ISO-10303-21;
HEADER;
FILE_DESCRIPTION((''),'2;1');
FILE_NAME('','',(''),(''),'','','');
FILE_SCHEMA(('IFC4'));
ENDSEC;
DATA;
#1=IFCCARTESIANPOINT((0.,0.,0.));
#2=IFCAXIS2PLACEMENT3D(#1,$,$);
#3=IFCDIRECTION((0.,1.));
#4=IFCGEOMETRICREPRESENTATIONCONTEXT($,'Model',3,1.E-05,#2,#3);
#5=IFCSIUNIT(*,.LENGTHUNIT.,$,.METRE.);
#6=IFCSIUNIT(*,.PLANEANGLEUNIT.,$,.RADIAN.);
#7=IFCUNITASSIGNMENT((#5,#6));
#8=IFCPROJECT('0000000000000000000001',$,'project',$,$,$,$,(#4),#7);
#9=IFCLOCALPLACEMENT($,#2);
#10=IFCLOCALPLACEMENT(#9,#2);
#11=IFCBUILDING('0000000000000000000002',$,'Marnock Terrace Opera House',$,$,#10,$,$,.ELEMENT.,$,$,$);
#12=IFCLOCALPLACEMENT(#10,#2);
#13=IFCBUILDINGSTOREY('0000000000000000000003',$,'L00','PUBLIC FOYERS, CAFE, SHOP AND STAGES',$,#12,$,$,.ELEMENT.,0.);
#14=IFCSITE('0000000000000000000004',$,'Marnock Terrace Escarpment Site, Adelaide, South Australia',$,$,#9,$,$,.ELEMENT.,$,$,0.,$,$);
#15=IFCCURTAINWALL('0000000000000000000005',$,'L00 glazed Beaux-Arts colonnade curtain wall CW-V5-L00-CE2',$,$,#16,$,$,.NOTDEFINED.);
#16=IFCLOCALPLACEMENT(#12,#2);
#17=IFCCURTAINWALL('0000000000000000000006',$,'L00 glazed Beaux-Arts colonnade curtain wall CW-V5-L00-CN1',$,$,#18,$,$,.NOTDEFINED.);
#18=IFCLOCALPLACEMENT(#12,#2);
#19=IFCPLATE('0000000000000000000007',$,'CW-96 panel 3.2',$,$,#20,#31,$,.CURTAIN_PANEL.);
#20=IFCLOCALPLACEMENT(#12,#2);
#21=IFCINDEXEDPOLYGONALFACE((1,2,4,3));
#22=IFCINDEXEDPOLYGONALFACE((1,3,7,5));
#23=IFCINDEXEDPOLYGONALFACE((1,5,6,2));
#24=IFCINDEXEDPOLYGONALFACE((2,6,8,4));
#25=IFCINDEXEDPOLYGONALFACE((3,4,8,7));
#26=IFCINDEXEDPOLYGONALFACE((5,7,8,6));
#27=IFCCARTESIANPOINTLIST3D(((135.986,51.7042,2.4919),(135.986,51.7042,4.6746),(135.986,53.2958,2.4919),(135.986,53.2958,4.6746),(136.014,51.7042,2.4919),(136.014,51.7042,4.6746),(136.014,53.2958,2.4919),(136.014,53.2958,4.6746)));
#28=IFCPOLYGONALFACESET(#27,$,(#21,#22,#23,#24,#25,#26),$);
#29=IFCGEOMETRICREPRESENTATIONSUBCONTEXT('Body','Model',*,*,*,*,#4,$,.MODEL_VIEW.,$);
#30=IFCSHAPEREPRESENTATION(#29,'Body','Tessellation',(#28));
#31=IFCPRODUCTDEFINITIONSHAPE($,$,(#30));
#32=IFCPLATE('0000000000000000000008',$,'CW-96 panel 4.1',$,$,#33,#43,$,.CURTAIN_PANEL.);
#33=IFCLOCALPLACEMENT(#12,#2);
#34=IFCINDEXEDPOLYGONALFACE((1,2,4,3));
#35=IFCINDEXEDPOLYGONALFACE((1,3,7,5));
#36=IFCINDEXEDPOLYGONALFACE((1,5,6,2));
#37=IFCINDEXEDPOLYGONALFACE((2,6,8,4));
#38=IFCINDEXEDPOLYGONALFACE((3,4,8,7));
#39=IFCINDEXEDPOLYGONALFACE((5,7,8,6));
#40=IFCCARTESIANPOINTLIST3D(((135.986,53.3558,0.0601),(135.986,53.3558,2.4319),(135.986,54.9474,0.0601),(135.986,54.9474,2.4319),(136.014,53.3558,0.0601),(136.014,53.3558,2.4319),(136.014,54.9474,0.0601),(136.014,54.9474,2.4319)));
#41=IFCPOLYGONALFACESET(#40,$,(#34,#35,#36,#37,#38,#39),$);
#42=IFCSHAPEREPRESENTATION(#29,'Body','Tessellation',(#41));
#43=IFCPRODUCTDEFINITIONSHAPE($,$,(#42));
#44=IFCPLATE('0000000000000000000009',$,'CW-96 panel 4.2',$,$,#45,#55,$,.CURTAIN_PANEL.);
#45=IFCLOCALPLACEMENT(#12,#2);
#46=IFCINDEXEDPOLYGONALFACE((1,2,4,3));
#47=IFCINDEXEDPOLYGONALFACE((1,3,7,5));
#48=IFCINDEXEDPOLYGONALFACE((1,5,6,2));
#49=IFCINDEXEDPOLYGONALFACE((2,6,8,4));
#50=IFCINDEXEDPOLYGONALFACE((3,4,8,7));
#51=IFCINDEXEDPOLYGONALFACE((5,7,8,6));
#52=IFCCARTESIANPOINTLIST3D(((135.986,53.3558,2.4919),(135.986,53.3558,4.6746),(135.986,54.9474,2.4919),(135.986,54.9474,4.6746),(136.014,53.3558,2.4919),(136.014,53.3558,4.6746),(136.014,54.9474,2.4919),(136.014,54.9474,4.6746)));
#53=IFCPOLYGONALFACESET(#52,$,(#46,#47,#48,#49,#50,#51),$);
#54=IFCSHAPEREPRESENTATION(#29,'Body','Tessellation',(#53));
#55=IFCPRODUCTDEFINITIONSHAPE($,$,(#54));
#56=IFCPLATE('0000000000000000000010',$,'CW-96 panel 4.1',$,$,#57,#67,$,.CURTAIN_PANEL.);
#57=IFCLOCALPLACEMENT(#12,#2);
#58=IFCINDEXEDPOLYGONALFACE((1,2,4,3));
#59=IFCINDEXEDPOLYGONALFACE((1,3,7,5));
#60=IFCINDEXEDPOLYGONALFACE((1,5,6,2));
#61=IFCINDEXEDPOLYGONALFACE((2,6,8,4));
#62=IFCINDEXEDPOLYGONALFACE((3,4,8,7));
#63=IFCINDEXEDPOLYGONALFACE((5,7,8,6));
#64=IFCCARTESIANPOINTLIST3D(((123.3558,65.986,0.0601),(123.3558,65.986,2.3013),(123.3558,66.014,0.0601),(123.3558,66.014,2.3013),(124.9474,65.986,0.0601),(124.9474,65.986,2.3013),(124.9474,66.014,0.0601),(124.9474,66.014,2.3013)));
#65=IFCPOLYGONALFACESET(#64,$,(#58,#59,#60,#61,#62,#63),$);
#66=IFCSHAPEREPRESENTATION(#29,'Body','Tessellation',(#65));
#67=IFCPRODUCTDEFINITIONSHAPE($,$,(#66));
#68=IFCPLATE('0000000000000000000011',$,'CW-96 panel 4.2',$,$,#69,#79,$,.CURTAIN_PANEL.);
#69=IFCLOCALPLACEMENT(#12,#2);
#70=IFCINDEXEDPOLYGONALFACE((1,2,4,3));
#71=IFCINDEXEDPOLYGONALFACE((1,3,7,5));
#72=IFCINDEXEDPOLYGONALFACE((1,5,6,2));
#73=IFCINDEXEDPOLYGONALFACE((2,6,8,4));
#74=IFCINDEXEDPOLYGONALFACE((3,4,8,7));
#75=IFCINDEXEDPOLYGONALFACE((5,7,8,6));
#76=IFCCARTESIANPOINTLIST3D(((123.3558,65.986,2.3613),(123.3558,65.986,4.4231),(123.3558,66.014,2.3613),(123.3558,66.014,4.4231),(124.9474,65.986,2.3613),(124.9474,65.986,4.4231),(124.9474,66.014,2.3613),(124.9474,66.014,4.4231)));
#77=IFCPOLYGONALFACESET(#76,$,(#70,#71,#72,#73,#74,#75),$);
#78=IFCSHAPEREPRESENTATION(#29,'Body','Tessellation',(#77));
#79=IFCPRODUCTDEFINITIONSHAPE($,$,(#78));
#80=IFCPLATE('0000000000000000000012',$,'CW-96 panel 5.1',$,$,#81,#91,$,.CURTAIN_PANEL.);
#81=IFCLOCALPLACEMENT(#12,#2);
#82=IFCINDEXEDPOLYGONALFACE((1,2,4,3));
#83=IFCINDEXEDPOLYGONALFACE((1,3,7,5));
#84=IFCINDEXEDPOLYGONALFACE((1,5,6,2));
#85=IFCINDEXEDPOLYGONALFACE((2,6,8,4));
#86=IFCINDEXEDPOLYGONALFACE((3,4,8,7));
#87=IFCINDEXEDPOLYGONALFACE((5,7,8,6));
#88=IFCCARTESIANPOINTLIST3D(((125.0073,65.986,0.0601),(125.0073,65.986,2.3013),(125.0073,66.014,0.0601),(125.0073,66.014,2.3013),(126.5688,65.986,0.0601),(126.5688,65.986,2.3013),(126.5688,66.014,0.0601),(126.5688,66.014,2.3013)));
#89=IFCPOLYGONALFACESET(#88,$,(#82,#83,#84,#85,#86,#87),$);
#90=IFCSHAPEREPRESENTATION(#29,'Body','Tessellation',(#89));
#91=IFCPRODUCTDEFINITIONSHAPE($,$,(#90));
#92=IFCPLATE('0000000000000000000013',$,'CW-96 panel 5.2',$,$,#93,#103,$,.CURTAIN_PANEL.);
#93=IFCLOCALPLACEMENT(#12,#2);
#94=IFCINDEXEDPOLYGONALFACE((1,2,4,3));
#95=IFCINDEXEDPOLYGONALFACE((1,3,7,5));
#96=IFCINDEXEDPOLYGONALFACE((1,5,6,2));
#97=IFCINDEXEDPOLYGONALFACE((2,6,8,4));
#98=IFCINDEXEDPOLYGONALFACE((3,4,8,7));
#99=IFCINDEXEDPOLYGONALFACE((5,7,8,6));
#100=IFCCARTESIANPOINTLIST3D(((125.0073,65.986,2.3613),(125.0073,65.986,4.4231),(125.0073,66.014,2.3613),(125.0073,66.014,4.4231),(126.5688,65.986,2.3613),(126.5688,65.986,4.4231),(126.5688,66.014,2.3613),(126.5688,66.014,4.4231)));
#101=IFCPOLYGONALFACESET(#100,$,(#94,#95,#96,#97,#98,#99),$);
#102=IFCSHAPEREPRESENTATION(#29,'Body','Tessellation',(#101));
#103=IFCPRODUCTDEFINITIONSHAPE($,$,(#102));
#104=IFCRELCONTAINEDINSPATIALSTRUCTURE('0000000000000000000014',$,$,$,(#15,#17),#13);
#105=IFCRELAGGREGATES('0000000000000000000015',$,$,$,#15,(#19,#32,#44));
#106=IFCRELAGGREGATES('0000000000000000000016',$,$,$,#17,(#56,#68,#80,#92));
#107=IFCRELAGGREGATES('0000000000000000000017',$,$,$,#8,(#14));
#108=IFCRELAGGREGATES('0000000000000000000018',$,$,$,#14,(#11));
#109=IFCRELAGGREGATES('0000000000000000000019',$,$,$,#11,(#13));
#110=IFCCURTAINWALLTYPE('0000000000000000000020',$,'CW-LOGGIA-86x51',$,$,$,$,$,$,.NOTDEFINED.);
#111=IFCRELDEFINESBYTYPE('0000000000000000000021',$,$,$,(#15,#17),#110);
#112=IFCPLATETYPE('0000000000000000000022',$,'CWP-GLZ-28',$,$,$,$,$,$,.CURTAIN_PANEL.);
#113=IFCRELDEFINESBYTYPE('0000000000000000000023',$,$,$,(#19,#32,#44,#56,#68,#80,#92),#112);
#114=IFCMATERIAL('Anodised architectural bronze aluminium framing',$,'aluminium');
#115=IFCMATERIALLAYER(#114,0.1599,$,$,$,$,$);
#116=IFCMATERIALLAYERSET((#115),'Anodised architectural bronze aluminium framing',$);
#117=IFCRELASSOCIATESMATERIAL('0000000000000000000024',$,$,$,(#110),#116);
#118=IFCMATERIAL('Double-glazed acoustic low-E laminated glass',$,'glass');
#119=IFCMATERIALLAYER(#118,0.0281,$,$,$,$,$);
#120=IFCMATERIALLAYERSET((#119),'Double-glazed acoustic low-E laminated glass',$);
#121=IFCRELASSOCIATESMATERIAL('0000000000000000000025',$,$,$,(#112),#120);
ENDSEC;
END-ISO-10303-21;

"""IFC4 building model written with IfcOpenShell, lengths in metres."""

from ifc_helpers import new_model, si_unit, direction, frame, origin, origin_2d, place, context, subcontext, project, spatial, rectangle, extrude, material, layer, layer_set, type_object, element, aggregate, save


model = new_model("IFC4")

# Units and contexts
model_context = context("Model", 3, precision=1e-05, world=origin(), true_north=direction((0.0, 1.0)))
body_context = subcontext(model_context, "Body", "Model", "MODEL_VIEW")
ifc_project = project(units=[si_unit("LENGTHUNIT", "METRE"), si_unit("PLANEANGLEUNIT", "RADIAN")], contexts=[model_context])

# Site, building, storey
site_placement = place(None, origin())
site = spatial("IfcSite", under=ifc_project, at=site_placement, Name="Marnock Terrace Escarpment Site, Adelaide, South Australia", CompositionType="ELEMENT", RefElevation=0.0)
building_placement = place(site_placement, origin())
building = spatial("IfcBuilding", under=site, at=building_placement, Name="Marnock Terrace Opera House", CompositionType="ELEMENT")
storey_placement = place(building_placement, origin())
storey = spatial("IfcBuildingStorey", under=building, at=storey_placement, Name="L00", Description="PUBLIC FOYERS, CAFE, SHOP AND STAGES", CompositionType="ELEMENT", Elevation=0.0)

# Curtain walls
ifc_material_1 = material(Name="Anodised architectural bronze aluminium framing", Category="aluminium")
ifc_layer_1 = layer(ifc_material_1, 0.1599)
ifc_layer_set_1 = layer_set([ifc_layer_1], Name="Anodised architectural bronze aluminium framing")
curtain_wall_type = type_object("IfcCurtainWallType", Name="CW-LOGGIA-86x51", PredefinedType="NOTDEFINED", material=ifc_layer_set_1)
curtain_wall_1_placement = place(storey_placement, origin())
curtain_wall_1 = element("IfcCurtainWall", 1, at=curtain_wall_1_placement, inside=storey, type_object=curtain_wall_type, Name="L00 glazed Beaux-Arts colonnade curtain wall CW-V5-L00-CE2", PredefinedType="NOTDEFINED")
curtain_wall_2_placement = place(storey_placement, origin())
curtain_wall_2 = element("IfcCurtainWall", 2, at=curtain_wall_2_placement, inside=storey, type_object=curtain_wall_type, Name="L00 glazed Beaux-Arts colonnade curtain wall CW-V5-L00-CN1", PredefinedType="NOTDEFINED")

# Plates
ifc_material_2 = material(Name="Double-glazed acoustic low-E laminated glass", Category="glass")
ifc_layer_2 = layer(ifc_material_2, 0.0281)
ifc_layer_set_2 = layer_set([ifc_layer_2], Name="Double-glazed acoustic low-E laminated glass")
plate_type = type_object("IfcPlateType", Name="CWP-GLZ-28", PredefinedType="CURTAIN_PANEL", material=ifc_layer_set_2)
plate_1_placement = place(storey_placement, frame((136.0, 52.5, 2.4919), z_axis=(0.0, 0.0, 1.0), x_axis=(0.0, 1.0, 0.0)))
plate_1 = element("IfcPlate", 3, at=plate_1_placement, type_object=plate_type, Name="CW-96 panel 3.2", PredefinedType="CURTAIN_PANEL", context=body_context, shape_type="SweptSolid", body=[
    extrude(rectangle(XDim=1.5916, YDim=0.0281, at=origin_2d()), origin(), (0.0, 0.0, 1.0), 2.1826),
])
plate_2_placement = place(storey_placement, frame((136.0, 54.1516, 0.0601), z_axis=(0.0, 0.0, 1.0), x_axis=(0.0, 1.0, 0.0)))
plate_2 = element("IfcPlate", 4, at=plate_2_placement, type_object=plate_type, Name="CW-96 panel 4.1", PredefinedType="CURTAIN_PANEL", context=body_context, shape_type="SweptSolid", body=[
    extrude(rectangle(XDim=1.5916, YDim=0.0281, at=origin_2d()), origin(), (0.0, 0.0, 1.0), 2.3718),
])
plate_3_placement = place(storey_placement, frame((136.0, 54.1516, 2.4919), z_axis=(0.0, 0.0, 1.0), x_axis=(0.0, 1.0, 0.0)))
plate_3 = element("IfcPlate", 5, at=plate_3_placement, type_object=plate_type, Name="CW-96 panel 4.2", PredefinedType="CURTAIN_PANEL", context=body_context, shape_type="SweptSolid", body=[
    extrude(rectangle(XDim=1.5916, YDim=0.0281, at=origin_2d()), origin(), (0.0, 0.0, 1.0), 2.1826),
])
aggregate(curtain_wall_1, [plate_1, plate_2, plate_3])
plate_4_placement = place(storey_placement, frame((124.1516, 66.0, 0.0601), z_axis=(0.0, 0.0, 1.0), x_axis=(1.0, 0.0, 0.0)))
plate_4 = element("IfcPlate", 6, at=plate_4_placement, type_object=plate_type, Name="CW-96 panel 4.1", PredefinedType="CURTAIN_PANEL", context=body_context, shape_type="SweptSolid", body=[
    extrude(rectangle(XDim=1.5916, YDim=0.0281, at=origin_2d()), origin(), (0.0, 0.0, 1.0), 2.2412),
])
plate_5_placement = place(storey_placement, frame((124.1516, 66.0, 2.3613), z_axis=(0.0, 0.0, 1.0), x_axis=(1.0, 0.0, 0.0)))
plate_5 = element("IfcPlate", 7, at=plate_5_placement, type_object=plate_type, Name="CW-96 panel 4.2", PredefinedType="CURTAIN_PANEL", context=body_context, shape_type="SweptSolid", body=[
    extrude(rectangle(XDim=1.5916, YDim=0.0281, at=origin_2d()), origin(), (0.0, 0.0, 1.0), 2.0618),
])
plate_6_placement = place(storey_placement, frame((125.7881, 66.0, 0.0601), z_axis=(0.0, 0.0, 1.0), x_axis=(1.0, 0.0, 0.0)))
plate_6 = element("IfcPlate", 8, at=plate_6_placement, type_object=plate_type, Name="CW-96 panel 5.1", PredefinedType="CURTAIN_PANEL", context=body_context, shape_type="SweptSolid", body=[
    extrude(rectangle(XDim=1.5615, YDim=0.0281, at=origin_2d()), origin(), (0.0, 0.0, 1.0), 2.2412),
])
plate_7_placement = place(storey_placement, frame((125.7881, 66.0, 2.3613), z_axis=(0.0, 0.0, 1.0), x_axis=(1.0, 0.0, 0.0)))
plate_7 = element("IfcPlate", 9, at=plate_7_placement, type_object=plate_type, Name="CW-96 panel 5.2", PredefinedType="CURTAIN_PANEL", context=body_context, shape_type="SweptSolid", body=[
    extrude(rectangle(XDim=1.5615, YDim=0.0281, at=origin_2d()), origin(), (0.0, 0.0, 1.0), 2.0618),
])
aggregate(curtain_wall_2, [plate_4, plate_5, plate_6, plate_7])

save(model, "model.ifc")
